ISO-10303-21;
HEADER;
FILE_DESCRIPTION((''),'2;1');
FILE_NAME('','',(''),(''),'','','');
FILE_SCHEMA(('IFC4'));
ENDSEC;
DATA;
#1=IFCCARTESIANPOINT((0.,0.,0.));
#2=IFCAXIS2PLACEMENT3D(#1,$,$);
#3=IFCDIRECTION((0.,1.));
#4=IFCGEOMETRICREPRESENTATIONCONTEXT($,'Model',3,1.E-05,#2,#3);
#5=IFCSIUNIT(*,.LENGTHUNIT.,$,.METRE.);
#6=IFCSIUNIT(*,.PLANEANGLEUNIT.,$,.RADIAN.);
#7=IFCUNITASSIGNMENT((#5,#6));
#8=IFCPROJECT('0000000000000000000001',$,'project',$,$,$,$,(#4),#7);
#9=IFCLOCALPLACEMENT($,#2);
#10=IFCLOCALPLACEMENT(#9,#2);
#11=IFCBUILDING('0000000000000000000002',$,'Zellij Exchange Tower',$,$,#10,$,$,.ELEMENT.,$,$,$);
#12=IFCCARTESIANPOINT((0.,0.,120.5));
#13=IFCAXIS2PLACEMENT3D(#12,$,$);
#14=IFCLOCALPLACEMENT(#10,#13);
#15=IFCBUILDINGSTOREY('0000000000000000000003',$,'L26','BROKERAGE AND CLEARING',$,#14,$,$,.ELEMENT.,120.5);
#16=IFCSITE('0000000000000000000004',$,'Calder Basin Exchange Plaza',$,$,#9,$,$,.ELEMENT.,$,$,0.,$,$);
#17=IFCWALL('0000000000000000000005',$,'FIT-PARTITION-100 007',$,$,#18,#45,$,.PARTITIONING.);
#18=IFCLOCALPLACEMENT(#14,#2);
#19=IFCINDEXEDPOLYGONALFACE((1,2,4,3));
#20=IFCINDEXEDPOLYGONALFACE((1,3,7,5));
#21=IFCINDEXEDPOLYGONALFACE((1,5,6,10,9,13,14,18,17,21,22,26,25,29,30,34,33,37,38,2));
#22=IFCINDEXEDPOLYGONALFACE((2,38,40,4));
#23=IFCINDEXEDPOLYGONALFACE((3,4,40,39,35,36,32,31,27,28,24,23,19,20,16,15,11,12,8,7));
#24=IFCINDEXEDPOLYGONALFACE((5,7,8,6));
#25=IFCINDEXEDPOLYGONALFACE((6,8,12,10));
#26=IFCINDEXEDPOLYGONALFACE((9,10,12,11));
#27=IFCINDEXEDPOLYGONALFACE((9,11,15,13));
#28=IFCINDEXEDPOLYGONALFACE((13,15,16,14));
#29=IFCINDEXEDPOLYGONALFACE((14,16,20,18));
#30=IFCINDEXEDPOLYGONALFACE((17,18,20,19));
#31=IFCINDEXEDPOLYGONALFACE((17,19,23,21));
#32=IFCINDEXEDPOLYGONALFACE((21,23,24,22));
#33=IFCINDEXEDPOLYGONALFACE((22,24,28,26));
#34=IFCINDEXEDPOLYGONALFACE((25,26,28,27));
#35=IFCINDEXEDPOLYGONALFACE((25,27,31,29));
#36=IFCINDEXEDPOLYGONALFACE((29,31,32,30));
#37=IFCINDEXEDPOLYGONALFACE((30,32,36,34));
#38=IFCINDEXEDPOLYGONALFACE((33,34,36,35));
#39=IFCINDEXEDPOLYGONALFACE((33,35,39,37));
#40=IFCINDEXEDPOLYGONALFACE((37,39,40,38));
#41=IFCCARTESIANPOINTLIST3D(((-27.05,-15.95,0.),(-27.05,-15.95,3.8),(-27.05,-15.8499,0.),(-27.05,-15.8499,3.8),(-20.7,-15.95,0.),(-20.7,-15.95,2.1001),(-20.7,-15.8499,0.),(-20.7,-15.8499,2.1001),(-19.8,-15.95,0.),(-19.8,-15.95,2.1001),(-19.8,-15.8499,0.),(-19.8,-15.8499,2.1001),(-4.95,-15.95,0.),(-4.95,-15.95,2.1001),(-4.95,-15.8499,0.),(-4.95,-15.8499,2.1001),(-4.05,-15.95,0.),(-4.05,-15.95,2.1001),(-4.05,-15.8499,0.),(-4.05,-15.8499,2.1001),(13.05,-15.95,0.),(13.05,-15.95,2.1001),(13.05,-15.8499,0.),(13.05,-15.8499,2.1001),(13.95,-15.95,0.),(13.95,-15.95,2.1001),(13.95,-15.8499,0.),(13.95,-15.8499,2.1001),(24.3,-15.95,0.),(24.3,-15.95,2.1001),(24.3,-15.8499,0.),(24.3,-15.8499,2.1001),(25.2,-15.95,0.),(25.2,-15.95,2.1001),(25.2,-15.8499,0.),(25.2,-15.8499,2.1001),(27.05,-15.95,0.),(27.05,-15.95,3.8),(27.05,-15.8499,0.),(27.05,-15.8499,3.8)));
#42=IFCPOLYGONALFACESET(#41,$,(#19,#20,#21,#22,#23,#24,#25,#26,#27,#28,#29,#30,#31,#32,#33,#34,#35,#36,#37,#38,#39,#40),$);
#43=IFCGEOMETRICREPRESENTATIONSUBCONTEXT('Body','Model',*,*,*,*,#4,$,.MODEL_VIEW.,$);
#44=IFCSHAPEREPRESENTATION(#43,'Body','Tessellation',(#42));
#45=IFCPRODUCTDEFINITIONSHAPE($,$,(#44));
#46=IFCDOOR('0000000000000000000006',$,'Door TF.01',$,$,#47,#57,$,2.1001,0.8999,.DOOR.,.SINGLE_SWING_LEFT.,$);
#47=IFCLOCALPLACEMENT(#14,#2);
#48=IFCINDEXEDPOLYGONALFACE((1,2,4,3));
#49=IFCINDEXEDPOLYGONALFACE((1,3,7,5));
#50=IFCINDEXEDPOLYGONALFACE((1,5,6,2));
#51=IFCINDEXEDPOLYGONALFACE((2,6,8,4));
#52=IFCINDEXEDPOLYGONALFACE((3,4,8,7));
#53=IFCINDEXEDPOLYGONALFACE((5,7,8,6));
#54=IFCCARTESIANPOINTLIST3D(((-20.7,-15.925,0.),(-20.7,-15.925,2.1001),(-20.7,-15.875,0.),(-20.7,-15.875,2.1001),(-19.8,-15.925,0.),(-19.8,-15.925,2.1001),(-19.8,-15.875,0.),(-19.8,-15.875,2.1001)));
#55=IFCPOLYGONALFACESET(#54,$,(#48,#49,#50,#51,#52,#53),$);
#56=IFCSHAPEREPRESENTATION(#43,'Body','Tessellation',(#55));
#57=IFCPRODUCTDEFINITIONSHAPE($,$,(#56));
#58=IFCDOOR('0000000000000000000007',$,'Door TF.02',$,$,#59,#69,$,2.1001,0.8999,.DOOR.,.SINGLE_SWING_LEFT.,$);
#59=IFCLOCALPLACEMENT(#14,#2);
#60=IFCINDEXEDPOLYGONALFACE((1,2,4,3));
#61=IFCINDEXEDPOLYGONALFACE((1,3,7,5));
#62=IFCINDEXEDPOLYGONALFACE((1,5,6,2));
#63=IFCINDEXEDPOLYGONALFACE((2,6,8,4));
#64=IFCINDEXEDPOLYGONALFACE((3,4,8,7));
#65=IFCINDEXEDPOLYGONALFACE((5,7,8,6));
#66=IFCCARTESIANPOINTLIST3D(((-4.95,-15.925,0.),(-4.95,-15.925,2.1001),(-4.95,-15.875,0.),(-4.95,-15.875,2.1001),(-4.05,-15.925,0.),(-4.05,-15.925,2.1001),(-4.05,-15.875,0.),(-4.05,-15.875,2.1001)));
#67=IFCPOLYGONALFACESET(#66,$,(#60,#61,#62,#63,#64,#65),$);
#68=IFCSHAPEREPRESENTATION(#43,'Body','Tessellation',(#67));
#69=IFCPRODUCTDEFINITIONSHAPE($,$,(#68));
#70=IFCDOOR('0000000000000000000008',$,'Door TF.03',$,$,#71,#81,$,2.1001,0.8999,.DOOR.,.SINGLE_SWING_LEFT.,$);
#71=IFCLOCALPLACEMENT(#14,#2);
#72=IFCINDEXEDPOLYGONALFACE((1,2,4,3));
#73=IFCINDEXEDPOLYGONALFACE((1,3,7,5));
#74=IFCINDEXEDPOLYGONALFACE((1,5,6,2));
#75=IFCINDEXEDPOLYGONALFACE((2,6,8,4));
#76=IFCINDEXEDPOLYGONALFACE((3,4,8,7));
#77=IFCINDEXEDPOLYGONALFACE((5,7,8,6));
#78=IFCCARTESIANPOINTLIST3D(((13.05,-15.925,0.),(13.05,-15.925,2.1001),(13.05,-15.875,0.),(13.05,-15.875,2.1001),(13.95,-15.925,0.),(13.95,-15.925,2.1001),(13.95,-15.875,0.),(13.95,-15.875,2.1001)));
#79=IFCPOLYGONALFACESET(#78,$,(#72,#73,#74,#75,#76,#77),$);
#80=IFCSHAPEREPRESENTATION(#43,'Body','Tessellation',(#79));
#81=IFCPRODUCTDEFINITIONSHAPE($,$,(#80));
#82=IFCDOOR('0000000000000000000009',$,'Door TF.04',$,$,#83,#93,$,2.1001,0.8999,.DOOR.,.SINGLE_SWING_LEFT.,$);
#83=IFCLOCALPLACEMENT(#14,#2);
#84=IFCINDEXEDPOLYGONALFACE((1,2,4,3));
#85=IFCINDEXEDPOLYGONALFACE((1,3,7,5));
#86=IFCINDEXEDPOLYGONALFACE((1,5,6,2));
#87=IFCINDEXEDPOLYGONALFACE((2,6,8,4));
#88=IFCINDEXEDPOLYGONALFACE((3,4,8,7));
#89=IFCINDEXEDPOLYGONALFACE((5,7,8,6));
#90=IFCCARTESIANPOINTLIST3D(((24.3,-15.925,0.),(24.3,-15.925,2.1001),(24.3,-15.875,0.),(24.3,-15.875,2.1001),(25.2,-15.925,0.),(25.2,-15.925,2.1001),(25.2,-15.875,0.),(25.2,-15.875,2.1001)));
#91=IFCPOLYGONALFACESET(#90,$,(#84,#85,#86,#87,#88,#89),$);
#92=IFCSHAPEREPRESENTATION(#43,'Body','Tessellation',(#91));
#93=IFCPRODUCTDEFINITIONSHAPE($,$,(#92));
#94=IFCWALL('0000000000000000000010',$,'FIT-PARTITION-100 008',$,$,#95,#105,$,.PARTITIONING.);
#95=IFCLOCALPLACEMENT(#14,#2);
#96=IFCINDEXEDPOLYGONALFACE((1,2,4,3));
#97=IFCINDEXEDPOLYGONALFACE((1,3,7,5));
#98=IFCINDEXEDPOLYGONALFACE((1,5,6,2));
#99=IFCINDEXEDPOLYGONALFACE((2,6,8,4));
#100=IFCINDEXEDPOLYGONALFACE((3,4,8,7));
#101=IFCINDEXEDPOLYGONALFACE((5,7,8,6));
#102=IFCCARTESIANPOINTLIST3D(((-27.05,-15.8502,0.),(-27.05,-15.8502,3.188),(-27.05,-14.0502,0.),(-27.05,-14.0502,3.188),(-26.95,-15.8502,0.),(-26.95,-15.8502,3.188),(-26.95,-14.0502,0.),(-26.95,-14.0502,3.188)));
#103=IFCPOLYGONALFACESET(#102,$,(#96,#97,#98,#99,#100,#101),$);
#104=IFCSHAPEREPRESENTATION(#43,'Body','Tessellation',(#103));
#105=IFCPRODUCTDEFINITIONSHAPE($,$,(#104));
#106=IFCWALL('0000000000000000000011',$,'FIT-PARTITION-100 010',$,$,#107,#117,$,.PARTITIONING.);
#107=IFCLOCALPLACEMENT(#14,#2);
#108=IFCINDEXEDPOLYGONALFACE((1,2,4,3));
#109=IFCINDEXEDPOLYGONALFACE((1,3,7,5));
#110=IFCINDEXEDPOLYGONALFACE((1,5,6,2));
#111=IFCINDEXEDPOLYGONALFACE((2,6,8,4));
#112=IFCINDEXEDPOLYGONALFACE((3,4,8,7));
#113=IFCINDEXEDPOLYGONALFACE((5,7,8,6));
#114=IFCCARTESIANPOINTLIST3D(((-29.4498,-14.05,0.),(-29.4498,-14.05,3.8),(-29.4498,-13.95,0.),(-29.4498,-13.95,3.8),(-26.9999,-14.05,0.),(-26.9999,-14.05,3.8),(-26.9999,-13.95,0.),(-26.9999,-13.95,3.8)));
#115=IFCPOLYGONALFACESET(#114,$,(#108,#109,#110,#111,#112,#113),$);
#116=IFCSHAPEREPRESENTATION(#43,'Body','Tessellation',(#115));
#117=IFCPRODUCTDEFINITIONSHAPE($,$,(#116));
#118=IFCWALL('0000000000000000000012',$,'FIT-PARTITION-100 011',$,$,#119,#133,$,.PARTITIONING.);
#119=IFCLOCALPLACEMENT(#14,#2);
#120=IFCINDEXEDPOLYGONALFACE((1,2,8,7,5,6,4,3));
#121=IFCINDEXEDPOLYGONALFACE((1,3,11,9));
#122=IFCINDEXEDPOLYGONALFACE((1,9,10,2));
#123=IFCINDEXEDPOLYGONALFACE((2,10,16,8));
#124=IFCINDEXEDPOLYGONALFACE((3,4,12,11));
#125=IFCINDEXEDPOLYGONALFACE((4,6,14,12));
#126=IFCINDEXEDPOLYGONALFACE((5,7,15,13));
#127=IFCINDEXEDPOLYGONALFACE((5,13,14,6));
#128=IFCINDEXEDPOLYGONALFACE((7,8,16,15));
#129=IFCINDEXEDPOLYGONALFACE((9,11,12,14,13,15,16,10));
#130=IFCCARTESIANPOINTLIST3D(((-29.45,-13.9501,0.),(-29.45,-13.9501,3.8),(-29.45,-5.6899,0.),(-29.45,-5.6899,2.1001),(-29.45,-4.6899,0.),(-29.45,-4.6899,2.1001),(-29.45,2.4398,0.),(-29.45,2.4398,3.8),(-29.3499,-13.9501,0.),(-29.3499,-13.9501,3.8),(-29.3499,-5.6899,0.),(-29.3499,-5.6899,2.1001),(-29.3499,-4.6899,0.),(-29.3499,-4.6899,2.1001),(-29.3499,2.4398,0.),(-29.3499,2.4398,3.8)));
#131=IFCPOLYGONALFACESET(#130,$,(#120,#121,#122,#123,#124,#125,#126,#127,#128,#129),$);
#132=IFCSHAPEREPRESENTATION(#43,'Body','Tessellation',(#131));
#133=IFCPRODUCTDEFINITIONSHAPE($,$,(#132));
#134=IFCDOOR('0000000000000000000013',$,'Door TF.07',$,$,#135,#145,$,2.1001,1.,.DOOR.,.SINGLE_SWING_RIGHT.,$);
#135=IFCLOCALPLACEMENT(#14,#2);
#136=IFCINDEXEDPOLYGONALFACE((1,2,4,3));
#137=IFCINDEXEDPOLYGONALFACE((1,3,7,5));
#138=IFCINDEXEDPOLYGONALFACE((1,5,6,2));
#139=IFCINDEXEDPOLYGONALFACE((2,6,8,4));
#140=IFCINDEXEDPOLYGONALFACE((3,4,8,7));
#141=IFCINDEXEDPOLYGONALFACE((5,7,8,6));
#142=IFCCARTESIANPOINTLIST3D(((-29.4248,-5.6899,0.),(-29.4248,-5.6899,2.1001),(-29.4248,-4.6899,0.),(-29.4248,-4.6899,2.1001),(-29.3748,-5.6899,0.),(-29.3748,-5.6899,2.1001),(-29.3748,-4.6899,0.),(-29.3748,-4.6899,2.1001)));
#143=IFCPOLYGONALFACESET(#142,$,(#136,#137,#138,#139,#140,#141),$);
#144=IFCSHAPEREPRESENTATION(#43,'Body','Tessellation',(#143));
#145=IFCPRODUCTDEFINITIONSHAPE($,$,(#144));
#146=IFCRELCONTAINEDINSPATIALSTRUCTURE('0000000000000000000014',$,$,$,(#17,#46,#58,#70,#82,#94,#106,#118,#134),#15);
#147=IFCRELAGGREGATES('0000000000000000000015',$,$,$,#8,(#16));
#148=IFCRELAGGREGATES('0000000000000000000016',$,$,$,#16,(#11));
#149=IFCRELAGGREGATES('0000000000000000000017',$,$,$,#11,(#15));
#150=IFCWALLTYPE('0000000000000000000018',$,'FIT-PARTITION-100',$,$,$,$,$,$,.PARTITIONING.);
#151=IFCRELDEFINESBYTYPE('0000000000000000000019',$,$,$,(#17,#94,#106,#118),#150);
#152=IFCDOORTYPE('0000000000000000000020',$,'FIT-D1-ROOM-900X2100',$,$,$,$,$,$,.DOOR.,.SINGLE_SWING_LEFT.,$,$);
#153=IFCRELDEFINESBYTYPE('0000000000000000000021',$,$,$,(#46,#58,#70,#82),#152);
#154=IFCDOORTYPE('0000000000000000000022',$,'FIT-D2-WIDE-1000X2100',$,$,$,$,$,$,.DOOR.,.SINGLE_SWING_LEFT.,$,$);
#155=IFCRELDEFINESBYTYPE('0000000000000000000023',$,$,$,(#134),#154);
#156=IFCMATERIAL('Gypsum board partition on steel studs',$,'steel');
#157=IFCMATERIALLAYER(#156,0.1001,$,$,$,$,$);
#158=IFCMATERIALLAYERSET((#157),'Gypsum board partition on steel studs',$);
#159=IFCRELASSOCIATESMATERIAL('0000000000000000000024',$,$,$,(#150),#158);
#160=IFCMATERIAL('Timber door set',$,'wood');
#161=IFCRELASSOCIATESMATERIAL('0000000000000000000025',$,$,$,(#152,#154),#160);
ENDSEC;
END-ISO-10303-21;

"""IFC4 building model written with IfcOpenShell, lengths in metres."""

from ifc_helpers import new_model, si_unit, direction, frame, frame_2d, origin, place, context, subcontext, project, spatial, rectangle, extrude, material, layer, layer_set, type_object, element, fill, save


model = new_model("IFC4")

# Units and contexts
model_context = context("Model", 3, precision=1e-05, world=origin(), true_north=direction((0.0, 1.0)))
body_context = subcontext(model_context, "Body", "Model", "MODEL_VIEW")
ifc_project = project(units=[si_unit("LENGTHUNIT", "METRE"), si_unit("PLANEANGLEUNIT", "RADIAN")], contexts=[model_context])

# Site, building, storey
site_placement = place(None, origin())
site = spatial("IfcSite", under=ifc_project, at=site_placement, Name="Calder Basin Exchange Plaza", CompositionType="ELEMENT", RefElevation=0.0)
building_placement = place(site_placement, origin())
building = spatial("IfcBuilding", under=site, at=building_placement, Name="Zellij Exchange Tower", CompositionType="ELEMENT")
storey_placement = place(building_placement, frame((0.0, 0.0, 120.5)))
storey = spatial("IfcBuildingStorey", under=building, at=storey_placement, Name="L26", Description="BROKERAGE AND CLEARING", CompositionType="ELEMENT", Elevation=120.5)

# Wall, openings, doors
ifc_material_1 = material(Name="Gypsum board partition on steel studs", Category="steel")
ifc_layer_1 = layer(ifc_material_1, 0.1001)
ifc_layer_set_1 = layer_set([ifc_layer_1], Name="Gypsum board partition on steel studs")
wall_type_1 = type_object("IfcWallType", Name="FIT-PARTITION-100", PredefinedType="PARTITIONING", material=ifc_layer_set_1)
wall_1_placement = place(storey_placement, frame((-27.05, -15.8999, 0.0), z_axis=(0.0, 0.0, 1.0), x_axis=(1.0, 0.0, 0.0)))
wall_1 = element("IfcWall", 1, at=wall_1_placement, inside=storey, type_object=wall_type_1, Name="FIT-PARTITION-100 007", PredefinedType="PARTITIONING", context=body_context, shape_type="SweptSolid", body=[
    extrude(rectangle(XDim=54.1001, YDim=0.1001, at=frame_2d((27.05, 0.0))), origin(), (0.0, 0.0, 1.0), 3.8),
])
opening_1_placement = place(wall_1_placement, frame((6.3501, 0.0, 0.0)))
opening_1 = element("IfcOpeningElement", 2, at=opening_1_placement, cuts=wall_1, PredefinedType="OPENING", context=body_context, shape_type="SweptSolid", body=[
    extrude(rectangle(XDim=0.8999, YDim=2.1001, at=frame_2d((0.45, 1.05))), frame((0.0, 0.062, 0.0), z_axis=(0.0, -1.0, 0.0), x_axis=(1.0, 0.0, 0.0)), (0.0, 0.0, 1.0), 0.124),
])
opening_2_placement = place(wall_1_placement, frame((22.1001, 0.0, 0.0)))
opening_2 = element("IfcOpeningElement", 3, at=opening_2_placement, cuts=wall_1, PredefinedType="OPENING", context=body_context, shape_type="SweptSolid", body=[
    extrude(rectangle(XDim=0.8999, YDim=2.1001, at=frame_2d((0.45, 1.05))), frame((0.0, 0.062, 0.0), z_axis=(0.0, -1.0, 0.0), x_axis=(1.0, 0.0, 0.0)), (0.0, 0.0, 1.0), 0.124),
])
opening_3_placement = place(wall_1_placement, frame((40.1001, 0.0, 0.0)))
opening_3 = element("IfcOpeningElement", 4, at=opening_3_placement, cuts=wall_1, PredefinedType="OPENING", context=body_context, shape_type="SweptSolid", body=[
    extrude(rectangle(XDim=0.8999, YDim=2.1001, at=frame_2d((0.45, 1.05))), frame((0.0, 0.062, 0.0), z_axis=(0.0, -1.0, 0.0), x_axis=(1.0, 0.0, 0.0)), (0.0, 0.0, 1.0), 0.124),
])
opening_4_placement = place(wall_1_placement, frame((51.3501, 0.0, 0.0)))
opening_4 = element("IfcOpeningElement", 5, at=opening_4_placement, cuts=wall_1, PredefinedType="OPENING", context=body_context, shape_type="SweptSolid", body=[
    extrude(rectangle(XDim=0.8999, YDim=2.1001, at=frame_2d((0.45, 1.05))), frame((0.0, 0.062, 0.0), z_axis=(0.0, -1.0, 0.0), x_axis=(1.0, 0.0, 0.0)), (0.0, 0.0, 1.0), 0.124),
])
ifc_material_2 = material(Name="Timber door set", Category="wood")
door_type_1 = type_object("IfcDoorType", Name="FIT-D1-ROOM-900X2100", OperationType="SINGLE_SWING_LEFT", PredefinedType="DOOR", material=ifc_material_2)
door_1_placement = place(opening_1_placement, origin())
door_1 = element("IfcDoor", 6, at=door_1_placement, inside=storey, type_object=door_type_1, Name="Door TF.01", OperationType="SINGLE_SWING_LEFT", OverallHeight=2.1001, OverallWidth=0.8999, PredefinedType="DOOR", context=body_context, shape_type="SweptSolid", body=[
    extrude(rectangle(XDim=0.8999, YDim=2.1001, at=frame_2d((0.45, 1.05))), frame((0.0, 0.0249, 0.0), z_axis=(0.0, -1.0, 0.0), x_axis=(1.0, 0.0, 0.0)), (0.0, 0.0, 1.0), 0.05),
])
fill(opening_1, door_1)
door_2_placement = place(opening_2_placement, origin())
door_2 = element("IfcDoor", 7, at=door_2_placement, inside=storey, type_object=door_type_1, Name="Door TF.02", OperationType="SINGLE_SWING_LEFT", OverallHeight=2.1001, OverallWidth=0.8999, PredefinedType="DOOR", context=body_context, shape_type="SweptSolid", body=[
    extrude(rectangle(XDim=0.8999, YDim=2.1001, at=frame_2d((0.45, 1.05))), frame((0.0, 0.0249, 0.0), z_axis=(0.0, -1.0, 0.0), x_axis=(1.0, 0.0, 0.0)), (0.0, 0.0, 1.0), 0.05),
])
fill(opening_2, door_2)
door_3_placement = place(opening_3_placement, origin())
door_3 = element("IfcDoor", 8, at=door_3_placement, inside=storey, type_object=door_type_1, Name="Door TF.03", OperationType="SINGLE_SWING_LEFT", OverallHeight=2.1001, OverallWidth=0.8999, PredefinedType="DOOR", context=body_context, shape_type="SweptSolid", body=[
    extrude(rectangle(XDim=0.8999, YDim=2.1001, at=frame_2d((0.45, 1.05))), frame((0.0, 0.0249, 0.0), z_axis=(0.0, -1.0, 0.0), x_axis=(1.0, 0.0, 0.0)), (0.0, 0.0, 1.0), 0.05),
])
fill(opening_3, door_3)
door_4_placement = place(opening_4_placement, origin())
door_4 = element("IfcDoor", 9, at=door_4_placement, inside=storey, type_object=door_type_1, Name="Door TF.04", OperationType="SINGLE_SWING_LEFT", OverallHeight=2.1001, OverallWidth=0.8999, PredefinedType="DOOR", context=body_context, shape_type="SweptSolid", body=[
    extrude(rectangle(XDim=0.8999, YDim=2.1001, at=frame_2d((0.45, 1.05))), frame((0.0, 0.0249, 0.0), z_axis=(0.0, -1.0, 0.0), x_axis=(1.0, 0.0, 0.0)), (0.0, 0.0, 1.0), 0.05),
])
fill(opening_4, door_4)

# Walls
wall_2_placement = place(storey_placement, frame((-27.0, -15.8501, 0.0), z_axis=(0.0, 0.0, 1.0), x_axis=(0.0, 1.0, 0.0)))
element("IfcWall", 10, at=wall_2_placement, inside=storey, type_object=wall_type_1, Name="FIT-PARTITION-100 008", PredefinedType="PARTITIONING", context=body_context, shape_type="SweptSolid", body=[
    extrude(rectangle(XDim=1.8, YDim=0.1001, at=frame_2d((0.8999, 0.0))), origin(), (0.0, 0.0, 1.0), 3.188),
])
wall_3_placement = place(storey_placement, frame((-29.45, -14.0, 0.0), z_axis=(0.0, 0.0, 1.0), x_axis=(1.0, 0.0, 0.0)))
element("IfcWall", 11, at=wall_3_placement, inside=storey, type_object=wall_type_1, Name="FIT-PARTITION-100 010", PredefinedType="PARTITIONING", context=body_context, shape_type="SweptSolid", body=[
    extrude(rectangle(XDim=2.45, YDim=0.1001, at=frame_2d((1.2251, 0.0))), origin(), (0.0, 0.0, 1.0), 3.8),
])

# Wall, opening, door
wall_4_placement = place(storey_placement, frame((-29.3999, -13.95, 0.0), z_axis=(0.0, 0.0, 1.0), x_axis=(0.0, 1.0, 0.0)))
wall_4 = element("IfcWall", 12, at=wall_4_placement, inside=storey, type_object=wall_type_1, Name="FIT-PARTITION-100 011", PredefinedType="PARTITIONING", context=body_context, shape_type="SweptSolid", body=[
    extrude(rectangle(XDim=16.3899, YDim=0.1001, at=frame_2d((8.1948, 0.0))), origin(), (0.0, 0.0, 1.0), 3.8),
])
opening_5_placement = place(wall_4_placement, frame((8.26, 0.0, 0.0)))
opening_5 = element("IfcOpeningElement", 13, at=opening_5_placement, cuts=wall_4, PredefinedType="OPENING", context=body_context, shape_type="SweptSolid", body=[
    extrude(rectangle(XDim=1.0, YDim=2.1001, at=frame_2d((0.5, 1.05))), frame((0.0, 0.062, 0.0), z_axis=(0.0, -1.0, 0.0), x_axis=(1.0, 0.0, 0.0)), (0.0, 0.0, 1.0), 0.124),
])
door_type_2 = type_object("IfcDoorType", Name="FIT-D2-WIDE-1000X2100", OperationType="SINGLE_SWING_LEFT", PredefinedType="DOOR", material=ifc_material_2)
door_5_placement = place(opening_5_placement, origin())
door_5 = element("IfcDoor", 14, at=door_5_placement, inside=storey, type_object=door_type_2, Name="Door TF.07", OperationType="SINGLE_SWING_RIGHT", OverallHeight=2.1001, OverallWidth=1.0, PredefinedType="DOOR", context=body_context, shape_type="SweptSolid", body=[
    extrude(rectangle(XDim=1.0, YDim=2.1001, at=frame_2d((0.5, 1.05))), frame((0.0, 0.0249, 0.0), z_axis=(0.0, -1.0, 0.0), x_axis=(1.0, 0.0, 0.0)), (0.0, 0.0, 1.0), 0.05),
])
fill(opening_5, door_5)

save(model, "model.ifc")
